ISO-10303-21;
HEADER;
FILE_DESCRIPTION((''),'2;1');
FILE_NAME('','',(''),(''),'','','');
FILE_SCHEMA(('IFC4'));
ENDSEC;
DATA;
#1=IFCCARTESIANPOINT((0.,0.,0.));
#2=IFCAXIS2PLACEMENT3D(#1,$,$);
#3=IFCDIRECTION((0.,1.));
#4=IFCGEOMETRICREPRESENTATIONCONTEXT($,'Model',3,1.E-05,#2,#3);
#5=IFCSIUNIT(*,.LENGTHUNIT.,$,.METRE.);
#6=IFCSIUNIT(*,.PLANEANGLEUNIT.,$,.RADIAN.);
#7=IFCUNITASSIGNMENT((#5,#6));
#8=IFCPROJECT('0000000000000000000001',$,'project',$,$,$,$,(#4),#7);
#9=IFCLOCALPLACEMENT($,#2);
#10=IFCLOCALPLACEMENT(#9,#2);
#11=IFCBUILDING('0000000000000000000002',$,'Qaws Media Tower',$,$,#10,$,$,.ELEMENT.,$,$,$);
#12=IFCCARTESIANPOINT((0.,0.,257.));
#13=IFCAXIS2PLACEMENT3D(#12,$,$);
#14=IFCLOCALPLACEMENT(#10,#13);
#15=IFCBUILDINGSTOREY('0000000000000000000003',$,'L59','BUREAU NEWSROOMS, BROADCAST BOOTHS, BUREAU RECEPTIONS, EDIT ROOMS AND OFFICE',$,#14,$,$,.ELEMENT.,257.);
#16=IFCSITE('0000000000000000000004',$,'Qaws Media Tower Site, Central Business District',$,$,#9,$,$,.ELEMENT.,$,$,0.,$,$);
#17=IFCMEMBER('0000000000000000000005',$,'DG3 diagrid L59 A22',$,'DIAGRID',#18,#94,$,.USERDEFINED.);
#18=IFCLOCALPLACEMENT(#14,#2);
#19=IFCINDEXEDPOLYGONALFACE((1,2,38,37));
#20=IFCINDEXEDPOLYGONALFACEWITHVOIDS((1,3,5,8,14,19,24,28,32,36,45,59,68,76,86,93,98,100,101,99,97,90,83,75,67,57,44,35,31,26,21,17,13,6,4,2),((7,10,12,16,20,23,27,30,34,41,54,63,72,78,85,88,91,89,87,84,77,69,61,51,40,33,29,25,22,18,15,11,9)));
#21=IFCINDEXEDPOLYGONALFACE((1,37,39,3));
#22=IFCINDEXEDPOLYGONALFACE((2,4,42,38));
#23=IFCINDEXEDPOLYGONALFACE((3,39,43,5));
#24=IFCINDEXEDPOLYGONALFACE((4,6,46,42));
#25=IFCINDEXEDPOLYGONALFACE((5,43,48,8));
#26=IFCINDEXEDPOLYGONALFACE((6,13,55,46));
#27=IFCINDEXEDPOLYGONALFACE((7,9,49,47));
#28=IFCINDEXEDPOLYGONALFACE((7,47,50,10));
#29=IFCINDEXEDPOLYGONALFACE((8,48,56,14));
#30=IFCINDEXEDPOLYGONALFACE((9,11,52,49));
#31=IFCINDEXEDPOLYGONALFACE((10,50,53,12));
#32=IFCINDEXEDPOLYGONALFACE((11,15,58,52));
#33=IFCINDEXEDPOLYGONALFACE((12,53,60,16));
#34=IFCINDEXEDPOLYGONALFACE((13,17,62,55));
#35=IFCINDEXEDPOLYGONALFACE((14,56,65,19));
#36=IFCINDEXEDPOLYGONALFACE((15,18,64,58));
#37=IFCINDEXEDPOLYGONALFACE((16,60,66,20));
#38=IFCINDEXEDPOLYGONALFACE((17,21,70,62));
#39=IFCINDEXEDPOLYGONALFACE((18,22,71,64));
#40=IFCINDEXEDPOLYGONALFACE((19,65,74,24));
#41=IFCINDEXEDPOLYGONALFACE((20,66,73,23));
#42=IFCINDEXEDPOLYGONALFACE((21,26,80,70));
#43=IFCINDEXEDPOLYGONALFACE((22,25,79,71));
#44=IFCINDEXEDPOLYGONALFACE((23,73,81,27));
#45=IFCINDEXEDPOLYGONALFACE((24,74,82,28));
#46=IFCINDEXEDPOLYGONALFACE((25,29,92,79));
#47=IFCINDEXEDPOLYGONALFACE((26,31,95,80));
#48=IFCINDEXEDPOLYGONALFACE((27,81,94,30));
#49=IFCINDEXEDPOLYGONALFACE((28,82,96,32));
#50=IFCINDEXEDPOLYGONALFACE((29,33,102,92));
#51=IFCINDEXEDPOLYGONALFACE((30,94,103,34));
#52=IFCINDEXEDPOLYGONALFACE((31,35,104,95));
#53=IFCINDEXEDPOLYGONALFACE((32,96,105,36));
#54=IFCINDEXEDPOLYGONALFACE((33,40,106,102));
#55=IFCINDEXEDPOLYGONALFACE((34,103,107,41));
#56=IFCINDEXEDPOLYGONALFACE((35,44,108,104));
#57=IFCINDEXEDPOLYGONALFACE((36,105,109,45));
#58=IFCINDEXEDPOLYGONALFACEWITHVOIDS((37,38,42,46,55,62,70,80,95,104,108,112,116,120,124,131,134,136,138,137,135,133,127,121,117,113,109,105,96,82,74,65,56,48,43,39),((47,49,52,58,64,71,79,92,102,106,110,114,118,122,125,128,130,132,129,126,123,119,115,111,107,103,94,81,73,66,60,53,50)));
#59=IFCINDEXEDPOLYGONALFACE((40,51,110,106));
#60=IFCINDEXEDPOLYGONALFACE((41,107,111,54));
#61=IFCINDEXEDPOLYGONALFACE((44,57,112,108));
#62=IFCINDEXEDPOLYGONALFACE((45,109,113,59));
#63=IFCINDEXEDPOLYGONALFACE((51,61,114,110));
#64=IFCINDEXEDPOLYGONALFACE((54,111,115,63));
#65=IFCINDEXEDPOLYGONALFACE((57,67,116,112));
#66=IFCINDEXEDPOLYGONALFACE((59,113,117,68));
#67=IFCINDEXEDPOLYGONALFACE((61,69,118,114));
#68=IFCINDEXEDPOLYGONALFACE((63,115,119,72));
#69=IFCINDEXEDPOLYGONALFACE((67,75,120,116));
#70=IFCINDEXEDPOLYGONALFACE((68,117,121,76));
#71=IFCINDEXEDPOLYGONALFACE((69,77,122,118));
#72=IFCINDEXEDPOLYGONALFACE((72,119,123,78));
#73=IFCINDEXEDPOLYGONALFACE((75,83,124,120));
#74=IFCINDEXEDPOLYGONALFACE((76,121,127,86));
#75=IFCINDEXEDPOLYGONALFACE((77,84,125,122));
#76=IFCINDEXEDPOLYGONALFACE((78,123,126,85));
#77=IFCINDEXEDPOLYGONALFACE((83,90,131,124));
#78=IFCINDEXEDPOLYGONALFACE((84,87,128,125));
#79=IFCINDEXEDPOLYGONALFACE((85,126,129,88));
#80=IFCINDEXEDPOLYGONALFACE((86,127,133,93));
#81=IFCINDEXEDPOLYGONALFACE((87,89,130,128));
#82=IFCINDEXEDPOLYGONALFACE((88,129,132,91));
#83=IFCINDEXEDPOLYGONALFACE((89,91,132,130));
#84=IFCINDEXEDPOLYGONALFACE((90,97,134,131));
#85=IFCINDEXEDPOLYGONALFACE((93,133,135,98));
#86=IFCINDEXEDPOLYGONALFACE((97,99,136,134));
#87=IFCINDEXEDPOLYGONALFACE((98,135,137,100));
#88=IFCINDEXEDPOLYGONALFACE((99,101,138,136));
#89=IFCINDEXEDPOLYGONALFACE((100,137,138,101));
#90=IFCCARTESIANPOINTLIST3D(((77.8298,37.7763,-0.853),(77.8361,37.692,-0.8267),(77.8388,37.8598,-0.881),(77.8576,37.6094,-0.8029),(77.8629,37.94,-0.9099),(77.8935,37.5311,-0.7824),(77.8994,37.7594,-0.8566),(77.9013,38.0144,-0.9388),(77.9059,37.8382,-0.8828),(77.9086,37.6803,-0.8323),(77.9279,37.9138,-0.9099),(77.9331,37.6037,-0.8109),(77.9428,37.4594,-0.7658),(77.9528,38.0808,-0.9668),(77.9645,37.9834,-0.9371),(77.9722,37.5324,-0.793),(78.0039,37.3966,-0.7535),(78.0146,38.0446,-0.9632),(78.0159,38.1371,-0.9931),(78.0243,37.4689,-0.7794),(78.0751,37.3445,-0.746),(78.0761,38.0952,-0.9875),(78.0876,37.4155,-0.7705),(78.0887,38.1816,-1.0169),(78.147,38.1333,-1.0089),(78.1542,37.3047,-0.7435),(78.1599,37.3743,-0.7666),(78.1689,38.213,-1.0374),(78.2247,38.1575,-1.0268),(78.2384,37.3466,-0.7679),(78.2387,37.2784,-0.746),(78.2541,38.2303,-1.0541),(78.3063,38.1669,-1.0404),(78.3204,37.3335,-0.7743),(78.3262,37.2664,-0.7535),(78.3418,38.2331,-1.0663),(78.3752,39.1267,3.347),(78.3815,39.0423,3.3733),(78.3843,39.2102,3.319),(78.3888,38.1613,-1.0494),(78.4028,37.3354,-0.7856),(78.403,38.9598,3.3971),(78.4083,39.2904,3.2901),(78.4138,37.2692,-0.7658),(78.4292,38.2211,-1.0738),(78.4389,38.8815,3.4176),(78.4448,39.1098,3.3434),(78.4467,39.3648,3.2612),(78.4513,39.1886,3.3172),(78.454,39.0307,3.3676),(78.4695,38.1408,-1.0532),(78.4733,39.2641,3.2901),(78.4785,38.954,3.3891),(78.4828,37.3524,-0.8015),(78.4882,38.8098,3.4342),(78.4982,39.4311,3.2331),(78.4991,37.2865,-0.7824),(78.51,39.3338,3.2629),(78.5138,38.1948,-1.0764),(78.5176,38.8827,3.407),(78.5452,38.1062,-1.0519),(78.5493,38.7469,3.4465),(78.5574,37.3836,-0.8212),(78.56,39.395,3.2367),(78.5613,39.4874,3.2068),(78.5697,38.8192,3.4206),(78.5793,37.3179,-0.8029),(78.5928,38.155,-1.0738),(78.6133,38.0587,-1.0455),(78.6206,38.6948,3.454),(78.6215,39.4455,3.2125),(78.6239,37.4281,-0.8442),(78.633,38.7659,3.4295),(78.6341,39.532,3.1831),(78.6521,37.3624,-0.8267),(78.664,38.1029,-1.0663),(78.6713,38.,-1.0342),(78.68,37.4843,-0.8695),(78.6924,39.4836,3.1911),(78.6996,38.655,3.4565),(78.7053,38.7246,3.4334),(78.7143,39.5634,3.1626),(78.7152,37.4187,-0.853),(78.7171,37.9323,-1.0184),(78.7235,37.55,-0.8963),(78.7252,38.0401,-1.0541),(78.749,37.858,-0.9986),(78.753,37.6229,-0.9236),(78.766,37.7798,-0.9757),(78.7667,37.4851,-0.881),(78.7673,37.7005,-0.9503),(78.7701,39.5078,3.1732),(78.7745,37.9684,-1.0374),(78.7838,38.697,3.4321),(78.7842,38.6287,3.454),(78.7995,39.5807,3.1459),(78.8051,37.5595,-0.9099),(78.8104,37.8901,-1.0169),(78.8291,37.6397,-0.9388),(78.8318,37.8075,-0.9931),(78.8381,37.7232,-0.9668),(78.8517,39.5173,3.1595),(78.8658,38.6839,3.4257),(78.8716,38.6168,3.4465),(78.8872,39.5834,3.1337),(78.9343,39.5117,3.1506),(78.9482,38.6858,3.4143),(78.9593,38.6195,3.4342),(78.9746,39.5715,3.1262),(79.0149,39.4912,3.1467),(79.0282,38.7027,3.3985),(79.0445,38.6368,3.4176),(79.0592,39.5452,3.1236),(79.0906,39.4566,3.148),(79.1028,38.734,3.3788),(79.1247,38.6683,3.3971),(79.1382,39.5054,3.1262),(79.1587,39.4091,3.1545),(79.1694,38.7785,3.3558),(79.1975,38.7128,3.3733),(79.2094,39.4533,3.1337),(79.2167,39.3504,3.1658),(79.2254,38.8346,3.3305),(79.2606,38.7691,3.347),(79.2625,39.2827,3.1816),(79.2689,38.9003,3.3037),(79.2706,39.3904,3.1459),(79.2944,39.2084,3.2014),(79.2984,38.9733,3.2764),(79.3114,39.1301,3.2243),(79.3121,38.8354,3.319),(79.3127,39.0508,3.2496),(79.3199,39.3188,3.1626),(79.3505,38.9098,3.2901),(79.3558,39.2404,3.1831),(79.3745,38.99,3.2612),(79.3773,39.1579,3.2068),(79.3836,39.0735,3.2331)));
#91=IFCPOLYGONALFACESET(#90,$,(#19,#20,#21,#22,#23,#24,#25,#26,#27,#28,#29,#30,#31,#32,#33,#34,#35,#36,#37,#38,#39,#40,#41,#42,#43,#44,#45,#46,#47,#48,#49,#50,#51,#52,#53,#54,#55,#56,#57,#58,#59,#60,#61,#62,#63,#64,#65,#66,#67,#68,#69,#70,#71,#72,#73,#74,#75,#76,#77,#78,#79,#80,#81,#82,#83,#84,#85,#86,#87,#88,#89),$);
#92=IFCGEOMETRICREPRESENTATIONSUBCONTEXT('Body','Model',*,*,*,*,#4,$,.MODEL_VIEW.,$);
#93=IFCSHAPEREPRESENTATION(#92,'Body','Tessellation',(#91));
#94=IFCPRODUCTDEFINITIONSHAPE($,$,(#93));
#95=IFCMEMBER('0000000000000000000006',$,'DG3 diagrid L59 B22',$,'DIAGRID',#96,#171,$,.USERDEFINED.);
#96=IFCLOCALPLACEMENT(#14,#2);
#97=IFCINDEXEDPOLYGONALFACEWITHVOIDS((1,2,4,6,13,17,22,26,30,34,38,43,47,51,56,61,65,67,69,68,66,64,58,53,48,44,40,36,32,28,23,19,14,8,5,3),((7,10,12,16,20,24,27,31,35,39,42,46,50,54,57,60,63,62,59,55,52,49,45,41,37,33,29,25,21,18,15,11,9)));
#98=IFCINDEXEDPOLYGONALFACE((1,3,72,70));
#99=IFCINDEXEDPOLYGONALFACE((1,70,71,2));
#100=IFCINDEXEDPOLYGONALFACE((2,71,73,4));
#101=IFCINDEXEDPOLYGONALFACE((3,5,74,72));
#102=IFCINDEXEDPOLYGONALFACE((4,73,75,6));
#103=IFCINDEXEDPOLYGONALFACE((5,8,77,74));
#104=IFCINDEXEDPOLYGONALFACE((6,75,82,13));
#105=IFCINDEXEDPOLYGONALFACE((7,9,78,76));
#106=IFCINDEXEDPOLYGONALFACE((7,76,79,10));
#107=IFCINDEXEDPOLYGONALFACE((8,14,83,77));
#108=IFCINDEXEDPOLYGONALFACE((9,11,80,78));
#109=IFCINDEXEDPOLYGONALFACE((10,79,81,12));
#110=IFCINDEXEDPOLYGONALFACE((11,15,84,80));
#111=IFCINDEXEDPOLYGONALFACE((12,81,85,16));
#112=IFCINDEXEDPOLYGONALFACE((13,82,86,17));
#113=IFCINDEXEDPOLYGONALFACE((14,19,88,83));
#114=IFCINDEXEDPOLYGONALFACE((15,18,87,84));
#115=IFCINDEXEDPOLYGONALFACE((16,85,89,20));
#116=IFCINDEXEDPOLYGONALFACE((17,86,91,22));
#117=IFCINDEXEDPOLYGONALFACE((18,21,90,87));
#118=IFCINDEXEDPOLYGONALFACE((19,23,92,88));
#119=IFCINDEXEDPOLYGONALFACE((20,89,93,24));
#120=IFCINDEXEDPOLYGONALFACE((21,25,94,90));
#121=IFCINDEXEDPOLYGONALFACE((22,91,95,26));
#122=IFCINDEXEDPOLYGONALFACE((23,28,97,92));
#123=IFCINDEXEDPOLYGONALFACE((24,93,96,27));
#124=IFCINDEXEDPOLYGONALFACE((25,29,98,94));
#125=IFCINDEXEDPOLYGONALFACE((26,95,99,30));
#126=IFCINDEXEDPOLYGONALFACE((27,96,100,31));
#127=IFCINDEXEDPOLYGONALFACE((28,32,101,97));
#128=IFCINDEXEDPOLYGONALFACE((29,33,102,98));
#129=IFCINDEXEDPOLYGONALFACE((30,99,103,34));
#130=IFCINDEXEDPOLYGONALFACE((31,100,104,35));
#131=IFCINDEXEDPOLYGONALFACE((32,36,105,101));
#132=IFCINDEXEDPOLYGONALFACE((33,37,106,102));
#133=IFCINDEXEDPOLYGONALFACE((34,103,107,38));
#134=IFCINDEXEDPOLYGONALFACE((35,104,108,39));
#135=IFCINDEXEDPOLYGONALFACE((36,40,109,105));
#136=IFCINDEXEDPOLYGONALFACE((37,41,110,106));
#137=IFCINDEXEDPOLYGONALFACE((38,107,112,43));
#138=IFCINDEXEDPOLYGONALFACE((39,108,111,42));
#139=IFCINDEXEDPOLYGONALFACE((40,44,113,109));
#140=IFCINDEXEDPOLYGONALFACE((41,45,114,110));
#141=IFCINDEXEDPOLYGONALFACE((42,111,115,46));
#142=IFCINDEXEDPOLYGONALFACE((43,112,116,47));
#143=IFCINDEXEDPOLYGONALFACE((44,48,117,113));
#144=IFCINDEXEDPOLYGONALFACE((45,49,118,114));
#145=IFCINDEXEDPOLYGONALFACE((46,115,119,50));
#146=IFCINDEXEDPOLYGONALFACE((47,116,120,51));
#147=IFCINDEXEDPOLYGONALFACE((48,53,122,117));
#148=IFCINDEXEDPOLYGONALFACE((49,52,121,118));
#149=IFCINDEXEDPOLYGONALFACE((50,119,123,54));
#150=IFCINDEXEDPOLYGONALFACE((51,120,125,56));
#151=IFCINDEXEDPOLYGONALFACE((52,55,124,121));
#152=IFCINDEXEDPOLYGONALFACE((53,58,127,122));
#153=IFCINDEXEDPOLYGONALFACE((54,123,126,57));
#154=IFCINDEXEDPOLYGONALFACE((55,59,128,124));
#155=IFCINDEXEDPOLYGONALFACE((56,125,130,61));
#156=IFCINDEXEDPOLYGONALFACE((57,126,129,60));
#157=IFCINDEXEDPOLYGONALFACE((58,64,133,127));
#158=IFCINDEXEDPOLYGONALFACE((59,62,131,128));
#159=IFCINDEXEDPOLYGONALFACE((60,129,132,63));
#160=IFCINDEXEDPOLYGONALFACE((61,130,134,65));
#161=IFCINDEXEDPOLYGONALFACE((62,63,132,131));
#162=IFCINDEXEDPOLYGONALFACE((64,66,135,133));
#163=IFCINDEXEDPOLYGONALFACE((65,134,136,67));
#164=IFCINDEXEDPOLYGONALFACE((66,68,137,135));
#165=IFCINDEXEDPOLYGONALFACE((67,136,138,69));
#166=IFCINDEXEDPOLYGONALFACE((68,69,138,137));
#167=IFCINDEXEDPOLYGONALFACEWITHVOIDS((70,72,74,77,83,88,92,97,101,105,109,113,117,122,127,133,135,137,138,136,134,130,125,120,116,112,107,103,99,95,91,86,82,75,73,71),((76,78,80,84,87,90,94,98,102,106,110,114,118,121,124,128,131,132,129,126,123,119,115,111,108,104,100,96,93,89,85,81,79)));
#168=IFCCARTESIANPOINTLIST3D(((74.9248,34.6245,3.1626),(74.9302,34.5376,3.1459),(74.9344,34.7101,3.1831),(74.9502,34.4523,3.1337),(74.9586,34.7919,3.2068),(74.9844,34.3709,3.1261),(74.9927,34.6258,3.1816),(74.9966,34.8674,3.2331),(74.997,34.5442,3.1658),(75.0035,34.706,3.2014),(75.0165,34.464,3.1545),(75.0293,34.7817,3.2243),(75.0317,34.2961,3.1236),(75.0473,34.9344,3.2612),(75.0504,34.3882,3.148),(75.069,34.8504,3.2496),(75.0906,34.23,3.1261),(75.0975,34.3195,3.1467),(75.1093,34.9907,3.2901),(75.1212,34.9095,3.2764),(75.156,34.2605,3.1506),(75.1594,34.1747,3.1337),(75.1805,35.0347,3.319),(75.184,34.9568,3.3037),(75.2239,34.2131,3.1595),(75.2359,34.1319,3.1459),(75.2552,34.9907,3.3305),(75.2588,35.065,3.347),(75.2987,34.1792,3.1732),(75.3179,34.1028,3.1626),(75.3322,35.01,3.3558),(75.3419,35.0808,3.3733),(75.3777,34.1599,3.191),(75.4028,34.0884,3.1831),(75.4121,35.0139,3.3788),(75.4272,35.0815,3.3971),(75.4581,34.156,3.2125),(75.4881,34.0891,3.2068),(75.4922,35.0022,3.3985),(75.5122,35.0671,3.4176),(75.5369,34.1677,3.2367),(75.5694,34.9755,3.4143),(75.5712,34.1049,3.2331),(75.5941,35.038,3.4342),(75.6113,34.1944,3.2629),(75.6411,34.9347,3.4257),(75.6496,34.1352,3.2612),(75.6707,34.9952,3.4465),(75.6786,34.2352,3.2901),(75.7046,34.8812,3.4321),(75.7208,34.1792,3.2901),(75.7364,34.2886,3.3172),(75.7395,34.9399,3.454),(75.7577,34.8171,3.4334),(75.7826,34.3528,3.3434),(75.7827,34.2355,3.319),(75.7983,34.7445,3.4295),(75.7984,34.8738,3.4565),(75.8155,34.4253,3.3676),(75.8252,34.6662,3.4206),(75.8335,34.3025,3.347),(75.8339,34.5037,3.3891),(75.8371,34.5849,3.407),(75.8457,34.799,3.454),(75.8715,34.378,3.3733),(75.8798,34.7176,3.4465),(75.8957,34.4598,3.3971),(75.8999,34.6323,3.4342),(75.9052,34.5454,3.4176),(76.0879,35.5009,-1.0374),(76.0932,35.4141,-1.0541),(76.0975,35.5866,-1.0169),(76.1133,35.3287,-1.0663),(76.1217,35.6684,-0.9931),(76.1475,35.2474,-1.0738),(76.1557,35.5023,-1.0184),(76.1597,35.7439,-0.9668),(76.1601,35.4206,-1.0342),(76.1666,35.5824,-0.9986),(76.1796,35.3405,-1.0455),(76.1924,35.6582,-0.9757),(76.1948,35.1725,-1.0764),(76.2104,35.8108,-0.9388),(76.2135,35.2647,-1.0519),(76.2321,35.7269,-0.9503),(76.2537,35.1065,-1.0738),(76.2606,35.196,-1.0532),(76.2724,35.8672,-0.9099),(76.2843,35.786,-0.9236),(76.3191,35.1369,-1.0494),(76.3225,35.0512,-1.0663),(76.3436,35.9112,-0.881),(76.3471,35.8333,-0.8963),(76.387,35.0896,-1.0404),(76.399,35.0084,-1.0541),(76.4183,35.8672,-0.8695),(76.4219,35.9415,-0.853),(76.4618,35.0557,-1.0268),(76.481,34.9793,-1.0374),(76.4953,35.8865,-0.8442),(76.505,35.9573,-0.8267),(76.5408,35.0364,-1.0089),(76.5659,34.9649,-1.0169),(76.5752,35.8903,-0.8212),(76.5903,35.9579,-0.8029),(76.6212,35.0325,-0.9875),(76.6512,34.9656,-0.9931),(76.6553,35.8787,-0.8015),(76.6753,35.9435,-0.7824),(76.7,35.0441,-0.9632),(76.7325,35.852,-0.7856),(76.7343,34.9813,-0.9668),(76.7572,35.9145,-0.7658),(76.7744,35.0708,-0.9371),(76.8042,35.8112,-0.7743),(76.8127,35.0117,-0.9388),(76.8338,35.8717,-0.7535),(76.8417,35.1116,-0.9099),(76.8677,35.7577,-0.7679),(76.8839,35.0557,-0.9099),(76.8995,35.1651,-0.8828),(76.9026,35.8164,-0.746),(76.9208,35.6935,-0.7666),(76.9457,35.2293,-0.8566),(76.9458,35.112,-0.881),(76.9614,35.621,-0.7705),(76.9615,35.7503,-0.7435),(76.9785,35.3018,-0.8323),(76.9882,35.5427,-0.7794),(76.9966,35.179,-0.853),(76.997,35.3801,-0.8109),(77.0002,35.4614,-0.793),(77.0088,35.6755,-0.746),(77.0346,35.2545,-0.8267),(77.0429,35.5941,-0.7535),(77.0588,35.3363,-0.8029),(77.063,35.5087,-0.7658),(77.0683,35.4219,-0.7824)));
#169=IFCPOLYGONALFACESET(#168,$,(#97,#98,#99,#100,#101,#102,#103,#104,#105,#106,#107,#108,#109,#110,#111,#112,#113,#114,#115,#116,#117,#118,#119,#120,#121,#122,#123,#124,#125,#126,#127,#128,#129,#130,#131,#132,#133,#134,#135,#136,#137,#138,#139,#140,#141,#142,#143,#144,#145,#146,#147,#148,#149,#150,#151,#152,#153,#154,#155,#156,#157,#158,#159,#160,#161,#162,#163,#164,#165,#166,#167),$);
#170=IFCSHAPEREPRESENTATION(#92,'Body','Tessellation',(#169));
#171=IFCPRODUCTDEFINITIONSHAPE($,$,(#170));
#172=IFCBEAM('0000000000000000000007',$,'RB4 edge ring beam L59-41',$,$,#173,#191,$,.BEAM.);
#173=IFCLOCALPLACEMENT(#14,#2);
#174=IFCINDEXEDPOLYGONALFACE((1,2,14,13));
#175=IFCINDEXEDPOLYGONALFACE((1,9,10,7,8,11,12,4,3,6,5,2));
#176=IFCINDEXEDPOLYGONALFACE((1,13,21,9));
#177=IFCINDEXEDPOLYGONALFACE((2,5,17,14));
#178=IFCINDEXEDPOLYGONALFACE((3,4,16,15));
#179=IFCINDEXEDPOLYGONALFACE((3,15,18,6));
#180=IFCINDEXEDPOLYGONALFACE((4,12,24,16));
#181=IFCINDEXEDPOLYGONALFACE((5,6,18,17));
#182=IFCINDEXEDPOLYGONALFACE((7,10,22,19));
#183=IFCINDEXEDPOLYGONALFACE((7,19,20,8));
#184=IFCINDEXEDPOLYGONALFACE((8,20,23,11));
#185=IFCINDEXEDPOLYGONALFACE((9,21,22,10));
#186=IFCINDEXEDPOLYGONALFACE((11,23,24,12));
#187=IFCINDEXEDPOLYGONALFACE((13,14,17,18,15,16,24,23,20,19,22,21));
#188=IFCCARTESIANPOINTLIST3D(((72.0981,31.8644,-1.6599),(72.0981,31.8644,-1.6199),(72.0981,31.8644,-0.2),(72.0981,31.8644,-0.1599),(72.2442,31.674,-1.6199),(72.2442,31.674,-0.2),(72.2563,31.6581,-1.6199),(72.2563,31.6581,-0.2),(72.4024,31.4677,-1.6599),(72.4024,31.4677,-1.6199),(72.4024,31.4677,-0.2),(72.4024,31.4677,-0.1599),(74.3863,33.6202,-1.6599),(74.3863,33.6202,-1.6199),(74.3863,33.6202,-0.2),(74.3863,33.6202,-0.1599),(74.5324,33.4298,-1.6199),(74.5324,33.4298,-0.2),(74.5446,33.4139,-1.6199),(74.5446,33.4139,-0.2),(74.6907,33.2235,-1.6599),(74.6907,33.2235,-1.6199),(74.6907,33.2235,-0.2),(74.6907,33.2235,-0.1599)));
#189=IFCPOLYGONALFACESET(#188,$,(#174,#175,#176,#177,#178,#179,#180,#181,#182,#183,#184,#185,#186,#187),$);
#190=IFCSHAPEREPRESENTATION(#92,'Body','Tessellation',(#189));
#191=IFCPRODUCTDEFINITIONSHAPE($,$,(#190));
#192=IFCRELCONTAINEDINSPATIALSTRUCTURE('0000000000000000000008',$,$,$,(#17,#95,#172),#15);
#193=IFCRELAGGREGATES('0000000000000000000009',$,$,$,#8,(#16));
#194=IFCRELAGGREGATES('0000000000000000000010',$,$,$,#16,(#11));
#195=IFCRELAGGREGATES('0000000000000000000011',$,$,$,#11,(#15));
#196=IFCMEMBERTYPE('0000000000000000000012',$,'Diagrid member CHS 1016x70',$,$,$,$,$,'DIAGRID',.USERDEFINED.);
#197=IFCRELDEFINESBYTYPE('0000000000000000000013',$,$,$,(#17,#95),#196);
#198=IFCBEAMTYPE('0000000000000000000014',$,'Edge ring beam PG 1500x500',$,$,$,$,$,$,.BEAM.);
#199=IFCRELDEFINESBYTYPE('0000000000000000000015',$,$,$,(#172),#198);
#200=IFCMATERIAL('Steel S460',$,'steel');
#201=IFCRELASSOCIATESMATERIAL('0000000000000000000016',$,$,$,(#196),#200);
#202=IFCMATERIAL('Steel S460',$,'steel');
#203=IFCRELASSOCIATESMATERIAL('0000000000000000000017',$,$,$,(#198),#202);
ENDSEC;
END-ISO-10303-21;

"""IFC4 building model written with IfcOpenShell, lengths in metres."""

from ifc_helpers import new_model, si_unit, direction, frame, origin, origin_2d, place, context, subcontext, project, spatial, hollow_circle, i_section, extrude, material, material_profile, profile_set, type_object, element, save


model = new_model("IFC4")

# Units and contexts
model_context = context("Model", 3, precision=1e-05, world=origin(), true_north=direction((0.0, 1.0)))
body_context = subcontext(model_context, "Body", "Model", "MODEL_VIEW")
ifc_project = project(units=[si_unit("LENGTHUNIT", "METRE"), si_unit("PLANEANGLEUNIT", "RADIAN")], contexts=[model_context])

# Site, building, storey
site_placement = place(None, origin())
site = spatial("IfcSite", under=ifc_project, at=site_placement, Name="Qaws Media Tower Site, Central Business District", CompositionType="ELEMENT", RefElevation=0.0)
building_placement = place(site_placement, origin())
building = spatial("IfcBuilding", under=site, at=building_placement, Name="Qaws Media Tower", CompositionType="ELEMENT")
storey_placement = place(building_placement, frame((0.0, 0.0, 257.0)))
storey = spatial("IfcBuildingStorey", under=building, at=storey_placement, Name="L59", Description="BUREAU NEWSROOMS, BROADCAST BOOTHS, BUREAU RECEPTIONS, EDIT ROOMS AND OFFICE", CompositionType="ELEMENT", Elevation=257.0)

# Members
ifc_material_1 = material(Name="Steel S460", Category="steel")
ifc_material_profile_1 = material_profile(ifc_material_1, hollow_circle(Radius=0.5081, WallThickness=0.0701, at=origin_2d()), Name="CHS 1016x70")
ifc_profile_set_1 = profile_set([ifc_material_profile_1], Name="Steel S460")
member_type_1 = type_object("IfcMemberType", Name="Diagrid member CHS 1016x70", ElementType="DIAGRID", PredefinedType="USERDEFINED", material=ifc_profile_set_1)
for number, where, z_axis, x_axis, name in (
    (1, (78.334, 37.7498, -0.9099), (0.122694, 0.30377, 0.944812), (-0.927223, 0.37451, 0.0), "DG3 diagrid L59 A22"),
    (2, (76.5781, 35.4614, -0.9099), (-0.261645, -0.197167, 0.944811), (0.601822, -0.79863, 0.0), "DG3 diagrid L59 B22"),
):
    element("IfcMember", number, at=place(storey_placement, frame(where, z_axis=z_axis, x_axis=x_axis)), inside=storey, type_object=member_type_1, Name=name, ObjectType="DIAGRID", PredefinedType="USERDEFINED", context=body_context, shape_type="SweptSolid", body=[
        extrude(hollow_circle(Radius=0.5081, WallThickness=0.0701, at=origin_2d()), origin(), (0.0, 0.0, 1.0), 4.4453),
    ])

# Beam
ifc_material_2 = material(Name="Steel S460", Category="steel")
ifc_material_profile_2 = material_profile(ifc_material_2, i_section(OverallWidth=0.5, OverallDepth=1.5, WebThickness=0.02, FlangeThickness=0.04, at=origin_2d()), Name="PG 1500x500")
ifc_profile_set_2 = profile_set([ifc_material_profile_2], Name="Steel S460")
beam_type = type_object("IfcBeamType", Name="Edge ring beam PG 1500x500", PredefinedType="BEAM", material=ifc_profile_set_2)
for number, where, z_axis, x_axis, name in (
    (3, (72.2502, 31.666, -0.9099), (0.79336, 0.608753, 0.0), (-0.608753, 0.79336, 0.0), "RB4 edge ring beam L59-41"),
):
    element("IfcBeam", number, at=place(storey_placement, frame(where, z_axis=z_axis, x_axis=x_axis)), inside=storey, type_object=beam_type, Name=name, PredefinedType="BEAM", context=body_context, shape_type="SweptSolid", body=[
        extrude(i_section(OverallWidth=0.5, OverallDepth=1.5, WebThickness=0.02, FlangeThickness=0.04, at=origin_2d()), origin(), (0.0, 0.0, 1.0), 2.8843),
    ])

save(model, "model.ifc")
